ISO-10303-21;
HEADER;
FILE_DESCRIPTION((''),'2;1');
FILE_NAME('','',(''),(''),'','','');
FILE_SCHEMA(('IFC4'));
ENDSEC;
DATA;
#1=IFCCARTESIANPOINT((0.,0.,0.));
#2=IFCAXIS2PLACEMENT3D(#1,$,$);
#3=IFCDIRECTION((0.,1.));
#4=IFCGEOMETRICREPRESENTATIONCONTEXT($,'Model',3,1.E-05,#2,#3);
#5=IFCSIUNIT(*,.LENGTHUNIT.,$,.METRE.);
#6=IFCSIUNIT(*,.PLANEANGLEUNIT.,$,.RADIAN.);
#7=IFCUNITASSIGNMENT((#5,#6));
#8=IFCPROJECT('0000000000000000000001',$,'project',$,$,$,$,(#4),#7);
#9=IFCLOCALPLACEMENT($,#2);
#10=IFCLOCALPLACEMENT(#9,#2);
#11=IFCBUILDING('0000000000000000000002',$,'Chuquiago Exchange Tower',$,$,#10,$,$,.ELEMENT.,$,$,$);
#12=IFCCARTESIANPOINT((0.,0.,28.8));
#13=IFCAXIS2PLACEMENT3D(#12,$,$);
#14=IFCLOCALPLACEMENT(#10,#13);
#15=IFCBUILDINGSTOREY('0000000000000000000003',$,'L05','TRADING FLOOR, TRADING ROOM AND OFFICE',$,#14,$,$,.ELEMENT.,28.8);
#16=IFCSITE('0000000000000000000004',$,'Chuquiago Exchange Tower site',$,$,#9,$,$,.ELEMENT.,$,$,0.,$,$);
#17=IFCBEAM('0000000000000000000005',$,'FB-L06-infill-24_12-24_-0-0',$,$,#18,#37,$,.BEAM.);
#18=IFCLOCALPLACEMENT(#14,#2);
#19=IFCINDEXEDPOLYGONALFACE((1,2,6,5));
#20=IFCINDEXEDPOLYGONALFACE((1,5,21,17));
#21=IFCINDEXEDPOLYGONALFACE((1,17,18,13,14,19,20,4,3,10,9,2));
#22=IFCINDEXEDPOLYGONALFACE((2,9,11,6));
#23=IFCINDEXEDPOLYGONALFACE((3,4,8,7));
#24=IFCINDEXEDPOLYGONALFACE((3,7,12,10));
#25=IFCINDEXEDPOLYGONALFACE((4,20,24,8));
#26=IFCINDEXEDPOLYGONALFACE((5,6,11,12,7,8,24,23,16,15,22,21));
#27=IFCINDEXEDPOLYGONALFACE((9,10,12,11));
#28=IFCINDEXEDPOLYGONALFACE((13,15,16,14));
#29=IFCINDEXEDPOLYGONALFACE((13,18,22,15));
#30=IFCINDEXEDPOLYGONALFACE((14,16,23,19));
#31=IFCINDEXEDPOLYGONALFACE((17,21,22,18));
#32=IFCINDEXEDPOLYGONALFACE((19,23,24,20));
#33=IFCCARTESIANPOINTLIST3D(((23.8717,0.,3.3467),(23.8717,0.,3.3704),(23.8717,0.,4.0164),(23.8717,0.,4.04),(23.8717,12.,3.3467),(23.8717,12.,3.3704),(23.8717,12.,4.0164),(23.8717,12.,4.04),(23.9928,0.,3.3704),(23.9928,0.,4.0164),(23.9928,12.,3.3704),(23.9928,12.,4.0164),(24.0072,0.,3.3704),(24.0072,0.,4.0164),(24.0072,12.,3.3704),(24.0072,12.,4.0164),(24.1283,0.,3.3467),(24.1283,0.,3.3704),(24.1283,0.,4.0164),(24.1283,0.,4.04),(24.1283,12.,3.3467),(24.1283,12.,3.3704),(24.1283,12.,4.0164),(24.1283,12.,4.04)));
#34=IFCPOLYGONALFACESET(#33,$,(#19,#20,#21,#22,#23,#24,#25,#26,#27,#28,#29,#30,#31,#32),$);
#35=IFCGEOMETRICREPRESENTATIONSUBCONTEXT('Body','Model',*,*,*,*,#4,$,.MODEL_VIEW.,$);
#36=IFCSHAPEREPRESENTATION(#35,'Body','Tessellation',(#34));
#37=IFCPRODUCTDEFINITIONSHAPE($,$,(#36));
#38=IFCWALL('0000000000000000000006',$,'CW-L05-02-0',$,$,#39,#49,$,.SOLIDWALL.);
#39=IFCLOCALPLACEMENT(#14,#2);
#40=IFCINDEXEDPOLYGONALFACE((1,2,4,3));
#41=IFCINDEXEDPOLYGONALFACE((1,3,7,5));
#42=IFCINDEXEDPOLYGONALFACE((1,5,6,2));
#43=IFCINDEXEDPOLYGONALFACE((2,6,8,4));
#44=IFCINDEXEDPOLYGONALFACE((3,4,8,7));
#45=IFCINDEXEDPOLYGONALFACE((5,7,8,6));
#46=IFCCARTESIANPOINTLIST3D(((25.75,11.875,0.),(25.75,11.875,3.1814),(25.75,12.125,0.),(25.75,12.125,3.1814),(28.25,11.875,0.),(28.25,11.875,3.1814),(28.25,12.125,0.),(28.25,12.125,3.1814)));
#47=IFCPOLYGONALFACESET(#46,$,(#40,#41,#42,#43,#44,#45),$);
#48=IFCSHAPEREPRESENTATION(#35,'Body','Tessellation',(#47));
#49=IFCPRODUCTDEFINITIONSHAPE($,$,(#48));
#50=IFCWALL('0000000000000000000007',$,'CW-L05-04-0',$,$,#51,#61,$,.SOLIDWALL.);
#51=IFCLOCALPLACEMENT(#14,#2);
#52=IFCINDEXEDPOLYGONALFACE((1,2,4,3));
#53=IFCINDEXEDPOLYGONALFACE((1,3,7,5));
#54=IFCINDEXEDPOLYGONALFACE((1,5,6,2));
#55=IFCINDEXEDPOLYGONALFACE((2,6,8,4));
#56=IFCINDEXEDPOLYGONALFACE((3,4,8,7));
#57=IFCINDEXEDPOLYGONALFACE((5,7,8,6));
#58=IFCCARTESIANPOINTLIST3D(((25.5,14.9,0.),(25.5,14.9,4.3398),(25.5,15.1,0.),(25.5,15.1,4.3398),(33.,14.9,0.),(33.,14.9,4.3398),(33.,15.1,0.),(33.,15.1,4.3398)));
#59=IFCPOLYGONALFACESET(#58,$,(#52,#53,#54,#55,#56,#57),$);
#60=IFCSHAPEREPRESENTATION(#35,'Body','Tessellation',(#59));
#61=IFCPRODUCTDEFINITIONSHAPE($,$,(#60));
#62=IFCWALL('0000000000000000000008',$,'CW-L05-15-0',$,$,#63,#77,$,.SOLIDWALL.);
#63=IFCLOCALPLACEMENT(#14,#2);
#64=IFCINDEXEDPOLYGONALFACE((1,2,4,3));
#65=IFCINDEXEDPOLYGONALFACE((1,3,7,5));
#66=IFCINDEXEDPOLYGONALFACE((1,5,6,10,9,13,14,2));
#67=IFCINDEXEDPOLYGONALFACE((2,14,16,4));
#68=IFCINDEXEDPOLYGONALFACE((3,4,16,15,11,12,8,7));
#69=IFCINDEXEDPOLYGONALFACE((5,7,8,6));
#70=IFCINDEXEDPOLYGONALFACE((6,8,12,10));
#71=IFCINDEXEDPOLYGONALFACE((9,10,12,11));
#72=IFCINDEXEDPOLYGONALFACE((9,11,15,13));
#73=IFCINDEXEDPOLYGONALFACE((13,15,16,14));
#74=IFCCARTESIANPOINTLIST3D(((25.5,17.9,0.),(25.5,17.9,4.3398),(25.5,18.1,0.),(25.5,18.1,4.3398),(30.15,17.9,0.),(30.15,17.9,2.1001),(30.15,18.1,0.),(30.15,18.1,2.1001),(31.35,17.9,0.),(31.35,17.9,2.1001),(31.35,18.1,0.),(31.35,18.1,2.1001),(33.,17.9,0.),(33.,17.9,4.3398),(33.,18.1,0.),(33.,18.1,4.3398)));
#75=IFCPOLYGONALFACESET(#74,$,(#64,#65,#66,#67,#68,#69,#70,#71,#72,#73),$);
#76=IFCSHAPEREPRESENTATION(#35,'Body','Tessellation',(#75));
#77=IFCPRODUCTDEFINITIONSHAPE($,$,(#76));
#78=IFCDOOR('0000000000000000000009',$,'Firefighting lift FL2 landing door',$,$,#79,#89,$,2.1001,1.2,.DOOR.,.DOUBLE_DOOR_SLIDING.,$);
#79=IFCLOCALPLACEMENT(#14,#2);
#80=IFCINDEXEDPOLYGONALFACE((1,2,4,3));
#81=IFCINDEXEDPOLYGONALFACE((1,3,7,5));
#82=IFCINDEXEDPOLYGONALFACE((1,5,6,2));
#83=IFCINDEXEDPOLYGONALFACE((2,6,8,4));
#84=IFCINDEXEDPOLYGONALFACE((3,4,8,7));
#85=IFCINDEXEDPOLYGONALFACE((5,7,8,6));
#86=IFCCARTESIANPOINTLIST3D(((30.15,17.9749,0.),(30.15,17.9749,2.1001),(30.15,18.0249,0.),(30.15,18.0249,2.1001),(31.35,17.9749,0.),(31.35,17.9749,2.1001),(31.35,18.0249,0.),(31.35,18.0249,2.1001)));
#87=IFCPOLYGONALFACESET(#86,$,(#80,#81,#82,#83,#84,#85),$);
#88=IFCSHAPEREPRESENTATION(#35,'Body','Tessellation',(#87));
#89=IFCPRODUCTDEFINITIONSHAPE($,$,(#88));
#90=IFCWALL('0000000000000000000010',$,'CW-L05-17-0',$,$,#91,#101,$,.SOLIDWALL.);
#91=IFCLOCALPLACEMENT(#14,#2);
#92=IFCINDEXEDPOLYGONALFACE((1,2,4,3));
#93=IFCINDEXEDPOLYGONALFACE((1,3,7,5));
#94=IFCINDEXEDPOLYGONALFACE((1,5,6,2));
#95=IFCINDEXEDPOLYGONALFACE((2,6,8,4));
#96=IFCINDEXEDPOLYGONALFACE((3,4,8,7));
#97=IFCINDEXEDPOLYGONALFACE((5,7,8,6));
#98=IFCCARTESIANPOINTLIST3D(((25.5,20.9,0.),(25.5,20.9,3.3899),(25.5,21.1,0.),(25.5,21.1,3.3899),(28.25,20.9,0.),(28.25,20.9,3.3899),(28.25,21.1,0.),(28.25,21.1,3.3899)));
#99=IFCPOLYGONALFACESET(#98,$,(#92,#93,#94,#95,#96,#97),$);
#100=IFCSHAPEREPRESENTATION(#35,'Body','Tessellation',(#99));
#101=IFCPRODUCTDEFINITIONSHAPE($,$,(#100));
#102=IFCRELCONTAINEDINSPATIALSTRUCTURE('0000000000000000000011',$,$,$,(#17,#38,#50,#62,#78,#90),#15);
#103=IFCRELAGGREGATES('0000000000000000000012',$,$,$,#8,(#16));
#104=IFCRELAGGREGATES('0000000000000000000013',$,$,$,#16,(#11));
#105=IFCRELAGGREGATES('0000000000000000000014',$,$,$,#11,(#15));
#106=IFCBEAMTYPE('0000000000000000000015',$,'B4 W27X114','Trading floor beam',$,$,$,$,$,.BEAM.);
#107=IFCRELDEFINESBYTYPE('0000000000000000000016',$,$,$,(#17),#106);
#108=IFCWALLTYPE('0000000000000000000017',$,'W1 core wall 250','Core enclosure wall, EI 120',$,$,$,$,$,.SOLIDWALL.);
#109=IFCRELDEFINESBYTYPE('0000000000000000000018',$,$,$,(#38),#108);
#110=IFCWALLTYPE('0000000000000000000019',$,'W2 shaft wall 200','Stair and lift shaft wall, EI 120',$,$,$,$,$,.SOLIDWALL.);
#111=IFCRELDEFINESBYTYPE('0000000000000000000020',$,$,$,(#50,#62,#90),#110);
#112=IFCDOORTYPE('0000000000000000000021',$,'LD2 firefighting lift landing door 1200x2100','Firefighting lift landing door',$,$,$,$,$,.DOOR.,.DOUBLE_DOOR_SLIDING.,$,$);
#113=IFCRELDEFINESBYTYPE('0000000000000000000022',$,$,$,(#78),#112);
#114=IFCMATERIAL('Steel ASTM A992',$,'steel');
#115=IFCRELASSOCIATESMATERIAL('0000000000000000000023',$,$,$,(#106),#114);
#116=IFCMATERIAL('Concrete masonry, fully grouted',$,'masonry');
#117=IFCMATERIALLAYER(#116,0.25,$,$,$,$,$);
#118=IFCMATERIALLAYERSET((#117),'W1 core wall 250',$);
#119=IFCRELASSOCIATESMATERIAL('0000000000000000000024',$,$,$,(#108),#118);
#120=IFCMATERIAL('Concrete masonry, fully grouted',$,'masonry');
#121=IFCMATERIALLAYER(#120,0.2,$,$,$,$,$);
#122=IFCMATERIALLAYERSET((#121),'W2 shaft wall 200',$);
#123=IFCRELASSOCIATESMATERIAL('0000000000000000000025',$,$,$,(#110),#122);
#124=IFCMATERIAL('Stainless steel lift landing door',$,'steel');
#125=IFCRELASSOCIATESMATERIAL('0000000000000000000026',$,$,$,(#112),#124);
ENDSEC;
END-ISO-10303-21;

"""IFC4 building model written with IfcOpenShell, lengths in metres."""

from ifc_helpers import new_model, si_unit, direction, frame, frame_2d, origin, origin_2d, place, context, subcontext, project, spatial, rectangle, i_section, extrude, material, layer, layer_set, material_profile, profile_set, type_object, element, fill, save


model = new_model("IFC4")

# Units and contexts
model_context = context("Model", 3, precision=1e-05, world=origin(), true_north=direction((0.0, 1.0)))
body_context = subcontext(model_context, "Body", "Model", "MODEL_VIEW")
ifc_project = project(units=[si_unit("LENGTHUNIT", "METRE"), si_unit("PLANEANGLEUNIT", "RADIAN")], contexts=[model_context])

# Site, building, storey
site_placement = place(None, origin())
site = spatial("IfcSite", under=ifc_project, at=site_placement, Name="Chuquiago Exchange Tower site", CompositionType="ELEMENT", RefElevation=0.0)
building_placement = place(site_placement, origin())
building = spatial("IfcBuilding", under=site, at=building_placement, Name="Chuquiago Exchange Tower", CompositionType="ELEMENT")
storey_placement = place(building_placement, frame((0.0, 0.0, 28.8)))
storey = spatial("IfcBuildingStorey", under=building, at=storey_placement, Name="L05", Description="TRADING FLOOR, TRADING ROOM AND OFFICE", CompositionType="ELEMENT", Elevation=28.8)

# Beam
ifc_material_1 = material(Name="Steel ASTM A992", Category="steel")
ifc_material_profile_1 = material_profile(ifc_material_1, i_section(OverallWidth=0.2566, OverallDepth=0.6934, WebThickness=0.0144, FlangeThickness=0.0237, at=origin_2d()), Name="W27X114")
ifc_profile_set_1 = profile_set([ifc_material_profile_1], Name="Steel ASTM A992")
beam_type_1 = type_object("IfcBeamType", Name="B4 W27X114", Description="Trading floor beam", PredefinedType="BEAM", material=ifc_profile_set_1)
for number, where, z_axis, x_axis, name in (
    (1, (24.0, 12.0, 3.6934), (0.0, -1.0, 0.0), (1.0, 0.0, 0.0), "FB-L06-infill-24_12-24_-0-0"),
):
    element("IfcBeam", number, at=place(storey_placement, frame(where, z_axis=z_axis, x_axis=x_axis)), inside=storey, type_object=beam_type_1, Name=name, PredefinedType="BEAM", context=body_context, shape_type="SweptSolid", body=[
        extrude(i_section(OverallWidth=0.2566, OverallDepth=0.6934, WebThickness=0.0144, FlangeThickness=0.0237, at=origin_2d()), origin(), (0.0, 0.0, 1.0), 12.0),
    ])

# Walls
ifc_material_2 = material(Name="Concrete masonry, fully grouted", Category="masonry")
ifc_layer_1 = layer(ifc_material_2, 0.25)
ifc_layer_set_1 = layer_set([ifc_layer_1], Name="W1 core wall 250")
wall_type_1 = type_object("IfcWallType", Name="W1 core wall 250", Description="Core enclosure wall, EI 120", PredefinedType="SOLIDWALL", material=ifc_layer_set_1)
wall_1_placement = place(storey_placement, frame((25.75, 12.0, 0.0), z_axis=(0.0, 0.0, 1.0), x_axis=(1.0, 0.0, 0.0)))
element("IfcWall", 2, at=wall_1_placement, inside=storey, type_object=wall_type_1, Name="CW-L05-02-0", PredefinedType="SOLIDWALL", context=body_context, shape_type="SweptSolid", body=[
    extrude(rectangle(XDim=2.5, YDim=0.25, at=frame_2d((1.25, 0.0))), origin(), (0.0, 0.0, 1.0), 3.1814),
])
ifc_material_3 = material(Name="Concrete masonry, fully grouted", Category="masonry")
ifc_layer_2 = layer(ifc_material_3, 0.2)
ifc_layer_set_2 = layer_set([ifc_layer_2], Name="W2 shaft wall 200")
wall_type_2 = type_object("IfcWallType", Name="W2 shaft wall 200", Description="Stair and lift shaft wall, EI 120", PredefinedType="SOLIDWALL", material=ifc_layer_set_2)
wall_2_placement = place(storey_placement, frame((25.5, 15.0, 0.0), z_axis=(0.0, 0.0, 1.0), x_axis=(1.0, 0.0, 0.0)))
element("IfcWall", 3, at=wall_2_placement, inside=storey, type_object=wall_type_2, Name="CW-L05-04-0", PredefinedType="SOLIDWALL", context=body_context, shape_type="SweptSolid", body=[
    extrude(rectangle(XDim=7.5, YDim=0.2, at=frame_2d((3.75, 0.0))), origin(), (0.0, 0.0, 1.0), 4.3398),
])

# Wall, opening, door
wall_3_placement = place(storey_placement, frame((25.5, 18.0, 0.0), z_axis=(0.0, 0.0, 1.0), x_axis=(1.0, 0.0, 0.0)))
wall_3 = element("IfcWall", 4, at=wall_3_placement, inside=storey, type_object=wall_type_2, Name="CW-L05-15-0", PredefinedType="SOLIDWALL", context=body_context, shape_type="SweptSolid", body=[
    extrude(rectangle(XDim=7.5, YDim=0.2, at=frame_2d((3.75, 0.0))), origin(), (0.0, 0.0, 1.0), 4.3398),
])
opening_1_placement = place(wall_3_placement, frame((4.6499, 0.0, 0.0)))
opening_1 = element("IfcOpeningElement", 5, at=opening_1_placement, cuts=wall_3, PredefinedType="OPENING", context=body_context, shape_type="SweptSolid", body=[
    extrude(rectangle(XDim=1.2, YDim=2.1001, at=frame_2d((0.6001, 1.05))), frame((0.0, 0.1099, 0.0), z_axis=(0.0, -1.0, 0.0), x_axis=(1.0, 0.0, 0.0)), (0.0, 0.0, 1.0), 0.22),
])
ifc_material_4 = material(Name="Stainless steel lift landing door", Category="steel")
door_type_1 = type_object("IfcDoorType", Name="LD2 firefighting lift landing door 1200x2100", Description="Firefighting lift landing door", OperationType="DOUBLE_DOOR_SLIDING", PredefinedType="DOOR", material=ifc_material_4)
door_1_placement = place(opening_1_placement, origin())
door_1 = element("IfcDoor", 6, at=door_1_placement, inside=storey, type_object=door_type_1, Name="Firefighting lift FL2 landing door", OperationType="DOUBLE_DOOR_SLIDING", OverallHeight=2.1001, OverallWidth=1.2, PredefinedType="DOOR", context=body_context, shape_type="SweptSolid", body=[
    extrude(rectangle(XDim=1.2, YDim=2.1001, at=frame_2d((0.6001, 1.05))), frame((0.0, 0.0249, 0.0), z_axis=(0.0, -1.0, 0.0), x_axis=(1.0, 0.0, 0.0)), (0.0, 0.0, 1.0), 0.05),
])
fill(opening_1, door_1)

# Wall
wall_4_placement = place(storey_placement, frame((25.5, 21.0, 0.0), z_axis=(0.0, 0.0, 1.0), x_axis=(1.0, 0.0, 0.0)))
element("IfcWall", 7, at=wall_4_placement, inside=storey, type_object=wall_type_2, Name="CW-L05-17-0", PredefinedType="SOLIDWALL", context=body_context, shape_type="SweptSolid", body=[
    extrude(rectangle(XDim=2.75, YDim=0.2, at=frame_2d((1.375, 0.0))), origin(), (0.0, 0.0, 1.0), 3.3899),
])

save(model, "model.ifc")
